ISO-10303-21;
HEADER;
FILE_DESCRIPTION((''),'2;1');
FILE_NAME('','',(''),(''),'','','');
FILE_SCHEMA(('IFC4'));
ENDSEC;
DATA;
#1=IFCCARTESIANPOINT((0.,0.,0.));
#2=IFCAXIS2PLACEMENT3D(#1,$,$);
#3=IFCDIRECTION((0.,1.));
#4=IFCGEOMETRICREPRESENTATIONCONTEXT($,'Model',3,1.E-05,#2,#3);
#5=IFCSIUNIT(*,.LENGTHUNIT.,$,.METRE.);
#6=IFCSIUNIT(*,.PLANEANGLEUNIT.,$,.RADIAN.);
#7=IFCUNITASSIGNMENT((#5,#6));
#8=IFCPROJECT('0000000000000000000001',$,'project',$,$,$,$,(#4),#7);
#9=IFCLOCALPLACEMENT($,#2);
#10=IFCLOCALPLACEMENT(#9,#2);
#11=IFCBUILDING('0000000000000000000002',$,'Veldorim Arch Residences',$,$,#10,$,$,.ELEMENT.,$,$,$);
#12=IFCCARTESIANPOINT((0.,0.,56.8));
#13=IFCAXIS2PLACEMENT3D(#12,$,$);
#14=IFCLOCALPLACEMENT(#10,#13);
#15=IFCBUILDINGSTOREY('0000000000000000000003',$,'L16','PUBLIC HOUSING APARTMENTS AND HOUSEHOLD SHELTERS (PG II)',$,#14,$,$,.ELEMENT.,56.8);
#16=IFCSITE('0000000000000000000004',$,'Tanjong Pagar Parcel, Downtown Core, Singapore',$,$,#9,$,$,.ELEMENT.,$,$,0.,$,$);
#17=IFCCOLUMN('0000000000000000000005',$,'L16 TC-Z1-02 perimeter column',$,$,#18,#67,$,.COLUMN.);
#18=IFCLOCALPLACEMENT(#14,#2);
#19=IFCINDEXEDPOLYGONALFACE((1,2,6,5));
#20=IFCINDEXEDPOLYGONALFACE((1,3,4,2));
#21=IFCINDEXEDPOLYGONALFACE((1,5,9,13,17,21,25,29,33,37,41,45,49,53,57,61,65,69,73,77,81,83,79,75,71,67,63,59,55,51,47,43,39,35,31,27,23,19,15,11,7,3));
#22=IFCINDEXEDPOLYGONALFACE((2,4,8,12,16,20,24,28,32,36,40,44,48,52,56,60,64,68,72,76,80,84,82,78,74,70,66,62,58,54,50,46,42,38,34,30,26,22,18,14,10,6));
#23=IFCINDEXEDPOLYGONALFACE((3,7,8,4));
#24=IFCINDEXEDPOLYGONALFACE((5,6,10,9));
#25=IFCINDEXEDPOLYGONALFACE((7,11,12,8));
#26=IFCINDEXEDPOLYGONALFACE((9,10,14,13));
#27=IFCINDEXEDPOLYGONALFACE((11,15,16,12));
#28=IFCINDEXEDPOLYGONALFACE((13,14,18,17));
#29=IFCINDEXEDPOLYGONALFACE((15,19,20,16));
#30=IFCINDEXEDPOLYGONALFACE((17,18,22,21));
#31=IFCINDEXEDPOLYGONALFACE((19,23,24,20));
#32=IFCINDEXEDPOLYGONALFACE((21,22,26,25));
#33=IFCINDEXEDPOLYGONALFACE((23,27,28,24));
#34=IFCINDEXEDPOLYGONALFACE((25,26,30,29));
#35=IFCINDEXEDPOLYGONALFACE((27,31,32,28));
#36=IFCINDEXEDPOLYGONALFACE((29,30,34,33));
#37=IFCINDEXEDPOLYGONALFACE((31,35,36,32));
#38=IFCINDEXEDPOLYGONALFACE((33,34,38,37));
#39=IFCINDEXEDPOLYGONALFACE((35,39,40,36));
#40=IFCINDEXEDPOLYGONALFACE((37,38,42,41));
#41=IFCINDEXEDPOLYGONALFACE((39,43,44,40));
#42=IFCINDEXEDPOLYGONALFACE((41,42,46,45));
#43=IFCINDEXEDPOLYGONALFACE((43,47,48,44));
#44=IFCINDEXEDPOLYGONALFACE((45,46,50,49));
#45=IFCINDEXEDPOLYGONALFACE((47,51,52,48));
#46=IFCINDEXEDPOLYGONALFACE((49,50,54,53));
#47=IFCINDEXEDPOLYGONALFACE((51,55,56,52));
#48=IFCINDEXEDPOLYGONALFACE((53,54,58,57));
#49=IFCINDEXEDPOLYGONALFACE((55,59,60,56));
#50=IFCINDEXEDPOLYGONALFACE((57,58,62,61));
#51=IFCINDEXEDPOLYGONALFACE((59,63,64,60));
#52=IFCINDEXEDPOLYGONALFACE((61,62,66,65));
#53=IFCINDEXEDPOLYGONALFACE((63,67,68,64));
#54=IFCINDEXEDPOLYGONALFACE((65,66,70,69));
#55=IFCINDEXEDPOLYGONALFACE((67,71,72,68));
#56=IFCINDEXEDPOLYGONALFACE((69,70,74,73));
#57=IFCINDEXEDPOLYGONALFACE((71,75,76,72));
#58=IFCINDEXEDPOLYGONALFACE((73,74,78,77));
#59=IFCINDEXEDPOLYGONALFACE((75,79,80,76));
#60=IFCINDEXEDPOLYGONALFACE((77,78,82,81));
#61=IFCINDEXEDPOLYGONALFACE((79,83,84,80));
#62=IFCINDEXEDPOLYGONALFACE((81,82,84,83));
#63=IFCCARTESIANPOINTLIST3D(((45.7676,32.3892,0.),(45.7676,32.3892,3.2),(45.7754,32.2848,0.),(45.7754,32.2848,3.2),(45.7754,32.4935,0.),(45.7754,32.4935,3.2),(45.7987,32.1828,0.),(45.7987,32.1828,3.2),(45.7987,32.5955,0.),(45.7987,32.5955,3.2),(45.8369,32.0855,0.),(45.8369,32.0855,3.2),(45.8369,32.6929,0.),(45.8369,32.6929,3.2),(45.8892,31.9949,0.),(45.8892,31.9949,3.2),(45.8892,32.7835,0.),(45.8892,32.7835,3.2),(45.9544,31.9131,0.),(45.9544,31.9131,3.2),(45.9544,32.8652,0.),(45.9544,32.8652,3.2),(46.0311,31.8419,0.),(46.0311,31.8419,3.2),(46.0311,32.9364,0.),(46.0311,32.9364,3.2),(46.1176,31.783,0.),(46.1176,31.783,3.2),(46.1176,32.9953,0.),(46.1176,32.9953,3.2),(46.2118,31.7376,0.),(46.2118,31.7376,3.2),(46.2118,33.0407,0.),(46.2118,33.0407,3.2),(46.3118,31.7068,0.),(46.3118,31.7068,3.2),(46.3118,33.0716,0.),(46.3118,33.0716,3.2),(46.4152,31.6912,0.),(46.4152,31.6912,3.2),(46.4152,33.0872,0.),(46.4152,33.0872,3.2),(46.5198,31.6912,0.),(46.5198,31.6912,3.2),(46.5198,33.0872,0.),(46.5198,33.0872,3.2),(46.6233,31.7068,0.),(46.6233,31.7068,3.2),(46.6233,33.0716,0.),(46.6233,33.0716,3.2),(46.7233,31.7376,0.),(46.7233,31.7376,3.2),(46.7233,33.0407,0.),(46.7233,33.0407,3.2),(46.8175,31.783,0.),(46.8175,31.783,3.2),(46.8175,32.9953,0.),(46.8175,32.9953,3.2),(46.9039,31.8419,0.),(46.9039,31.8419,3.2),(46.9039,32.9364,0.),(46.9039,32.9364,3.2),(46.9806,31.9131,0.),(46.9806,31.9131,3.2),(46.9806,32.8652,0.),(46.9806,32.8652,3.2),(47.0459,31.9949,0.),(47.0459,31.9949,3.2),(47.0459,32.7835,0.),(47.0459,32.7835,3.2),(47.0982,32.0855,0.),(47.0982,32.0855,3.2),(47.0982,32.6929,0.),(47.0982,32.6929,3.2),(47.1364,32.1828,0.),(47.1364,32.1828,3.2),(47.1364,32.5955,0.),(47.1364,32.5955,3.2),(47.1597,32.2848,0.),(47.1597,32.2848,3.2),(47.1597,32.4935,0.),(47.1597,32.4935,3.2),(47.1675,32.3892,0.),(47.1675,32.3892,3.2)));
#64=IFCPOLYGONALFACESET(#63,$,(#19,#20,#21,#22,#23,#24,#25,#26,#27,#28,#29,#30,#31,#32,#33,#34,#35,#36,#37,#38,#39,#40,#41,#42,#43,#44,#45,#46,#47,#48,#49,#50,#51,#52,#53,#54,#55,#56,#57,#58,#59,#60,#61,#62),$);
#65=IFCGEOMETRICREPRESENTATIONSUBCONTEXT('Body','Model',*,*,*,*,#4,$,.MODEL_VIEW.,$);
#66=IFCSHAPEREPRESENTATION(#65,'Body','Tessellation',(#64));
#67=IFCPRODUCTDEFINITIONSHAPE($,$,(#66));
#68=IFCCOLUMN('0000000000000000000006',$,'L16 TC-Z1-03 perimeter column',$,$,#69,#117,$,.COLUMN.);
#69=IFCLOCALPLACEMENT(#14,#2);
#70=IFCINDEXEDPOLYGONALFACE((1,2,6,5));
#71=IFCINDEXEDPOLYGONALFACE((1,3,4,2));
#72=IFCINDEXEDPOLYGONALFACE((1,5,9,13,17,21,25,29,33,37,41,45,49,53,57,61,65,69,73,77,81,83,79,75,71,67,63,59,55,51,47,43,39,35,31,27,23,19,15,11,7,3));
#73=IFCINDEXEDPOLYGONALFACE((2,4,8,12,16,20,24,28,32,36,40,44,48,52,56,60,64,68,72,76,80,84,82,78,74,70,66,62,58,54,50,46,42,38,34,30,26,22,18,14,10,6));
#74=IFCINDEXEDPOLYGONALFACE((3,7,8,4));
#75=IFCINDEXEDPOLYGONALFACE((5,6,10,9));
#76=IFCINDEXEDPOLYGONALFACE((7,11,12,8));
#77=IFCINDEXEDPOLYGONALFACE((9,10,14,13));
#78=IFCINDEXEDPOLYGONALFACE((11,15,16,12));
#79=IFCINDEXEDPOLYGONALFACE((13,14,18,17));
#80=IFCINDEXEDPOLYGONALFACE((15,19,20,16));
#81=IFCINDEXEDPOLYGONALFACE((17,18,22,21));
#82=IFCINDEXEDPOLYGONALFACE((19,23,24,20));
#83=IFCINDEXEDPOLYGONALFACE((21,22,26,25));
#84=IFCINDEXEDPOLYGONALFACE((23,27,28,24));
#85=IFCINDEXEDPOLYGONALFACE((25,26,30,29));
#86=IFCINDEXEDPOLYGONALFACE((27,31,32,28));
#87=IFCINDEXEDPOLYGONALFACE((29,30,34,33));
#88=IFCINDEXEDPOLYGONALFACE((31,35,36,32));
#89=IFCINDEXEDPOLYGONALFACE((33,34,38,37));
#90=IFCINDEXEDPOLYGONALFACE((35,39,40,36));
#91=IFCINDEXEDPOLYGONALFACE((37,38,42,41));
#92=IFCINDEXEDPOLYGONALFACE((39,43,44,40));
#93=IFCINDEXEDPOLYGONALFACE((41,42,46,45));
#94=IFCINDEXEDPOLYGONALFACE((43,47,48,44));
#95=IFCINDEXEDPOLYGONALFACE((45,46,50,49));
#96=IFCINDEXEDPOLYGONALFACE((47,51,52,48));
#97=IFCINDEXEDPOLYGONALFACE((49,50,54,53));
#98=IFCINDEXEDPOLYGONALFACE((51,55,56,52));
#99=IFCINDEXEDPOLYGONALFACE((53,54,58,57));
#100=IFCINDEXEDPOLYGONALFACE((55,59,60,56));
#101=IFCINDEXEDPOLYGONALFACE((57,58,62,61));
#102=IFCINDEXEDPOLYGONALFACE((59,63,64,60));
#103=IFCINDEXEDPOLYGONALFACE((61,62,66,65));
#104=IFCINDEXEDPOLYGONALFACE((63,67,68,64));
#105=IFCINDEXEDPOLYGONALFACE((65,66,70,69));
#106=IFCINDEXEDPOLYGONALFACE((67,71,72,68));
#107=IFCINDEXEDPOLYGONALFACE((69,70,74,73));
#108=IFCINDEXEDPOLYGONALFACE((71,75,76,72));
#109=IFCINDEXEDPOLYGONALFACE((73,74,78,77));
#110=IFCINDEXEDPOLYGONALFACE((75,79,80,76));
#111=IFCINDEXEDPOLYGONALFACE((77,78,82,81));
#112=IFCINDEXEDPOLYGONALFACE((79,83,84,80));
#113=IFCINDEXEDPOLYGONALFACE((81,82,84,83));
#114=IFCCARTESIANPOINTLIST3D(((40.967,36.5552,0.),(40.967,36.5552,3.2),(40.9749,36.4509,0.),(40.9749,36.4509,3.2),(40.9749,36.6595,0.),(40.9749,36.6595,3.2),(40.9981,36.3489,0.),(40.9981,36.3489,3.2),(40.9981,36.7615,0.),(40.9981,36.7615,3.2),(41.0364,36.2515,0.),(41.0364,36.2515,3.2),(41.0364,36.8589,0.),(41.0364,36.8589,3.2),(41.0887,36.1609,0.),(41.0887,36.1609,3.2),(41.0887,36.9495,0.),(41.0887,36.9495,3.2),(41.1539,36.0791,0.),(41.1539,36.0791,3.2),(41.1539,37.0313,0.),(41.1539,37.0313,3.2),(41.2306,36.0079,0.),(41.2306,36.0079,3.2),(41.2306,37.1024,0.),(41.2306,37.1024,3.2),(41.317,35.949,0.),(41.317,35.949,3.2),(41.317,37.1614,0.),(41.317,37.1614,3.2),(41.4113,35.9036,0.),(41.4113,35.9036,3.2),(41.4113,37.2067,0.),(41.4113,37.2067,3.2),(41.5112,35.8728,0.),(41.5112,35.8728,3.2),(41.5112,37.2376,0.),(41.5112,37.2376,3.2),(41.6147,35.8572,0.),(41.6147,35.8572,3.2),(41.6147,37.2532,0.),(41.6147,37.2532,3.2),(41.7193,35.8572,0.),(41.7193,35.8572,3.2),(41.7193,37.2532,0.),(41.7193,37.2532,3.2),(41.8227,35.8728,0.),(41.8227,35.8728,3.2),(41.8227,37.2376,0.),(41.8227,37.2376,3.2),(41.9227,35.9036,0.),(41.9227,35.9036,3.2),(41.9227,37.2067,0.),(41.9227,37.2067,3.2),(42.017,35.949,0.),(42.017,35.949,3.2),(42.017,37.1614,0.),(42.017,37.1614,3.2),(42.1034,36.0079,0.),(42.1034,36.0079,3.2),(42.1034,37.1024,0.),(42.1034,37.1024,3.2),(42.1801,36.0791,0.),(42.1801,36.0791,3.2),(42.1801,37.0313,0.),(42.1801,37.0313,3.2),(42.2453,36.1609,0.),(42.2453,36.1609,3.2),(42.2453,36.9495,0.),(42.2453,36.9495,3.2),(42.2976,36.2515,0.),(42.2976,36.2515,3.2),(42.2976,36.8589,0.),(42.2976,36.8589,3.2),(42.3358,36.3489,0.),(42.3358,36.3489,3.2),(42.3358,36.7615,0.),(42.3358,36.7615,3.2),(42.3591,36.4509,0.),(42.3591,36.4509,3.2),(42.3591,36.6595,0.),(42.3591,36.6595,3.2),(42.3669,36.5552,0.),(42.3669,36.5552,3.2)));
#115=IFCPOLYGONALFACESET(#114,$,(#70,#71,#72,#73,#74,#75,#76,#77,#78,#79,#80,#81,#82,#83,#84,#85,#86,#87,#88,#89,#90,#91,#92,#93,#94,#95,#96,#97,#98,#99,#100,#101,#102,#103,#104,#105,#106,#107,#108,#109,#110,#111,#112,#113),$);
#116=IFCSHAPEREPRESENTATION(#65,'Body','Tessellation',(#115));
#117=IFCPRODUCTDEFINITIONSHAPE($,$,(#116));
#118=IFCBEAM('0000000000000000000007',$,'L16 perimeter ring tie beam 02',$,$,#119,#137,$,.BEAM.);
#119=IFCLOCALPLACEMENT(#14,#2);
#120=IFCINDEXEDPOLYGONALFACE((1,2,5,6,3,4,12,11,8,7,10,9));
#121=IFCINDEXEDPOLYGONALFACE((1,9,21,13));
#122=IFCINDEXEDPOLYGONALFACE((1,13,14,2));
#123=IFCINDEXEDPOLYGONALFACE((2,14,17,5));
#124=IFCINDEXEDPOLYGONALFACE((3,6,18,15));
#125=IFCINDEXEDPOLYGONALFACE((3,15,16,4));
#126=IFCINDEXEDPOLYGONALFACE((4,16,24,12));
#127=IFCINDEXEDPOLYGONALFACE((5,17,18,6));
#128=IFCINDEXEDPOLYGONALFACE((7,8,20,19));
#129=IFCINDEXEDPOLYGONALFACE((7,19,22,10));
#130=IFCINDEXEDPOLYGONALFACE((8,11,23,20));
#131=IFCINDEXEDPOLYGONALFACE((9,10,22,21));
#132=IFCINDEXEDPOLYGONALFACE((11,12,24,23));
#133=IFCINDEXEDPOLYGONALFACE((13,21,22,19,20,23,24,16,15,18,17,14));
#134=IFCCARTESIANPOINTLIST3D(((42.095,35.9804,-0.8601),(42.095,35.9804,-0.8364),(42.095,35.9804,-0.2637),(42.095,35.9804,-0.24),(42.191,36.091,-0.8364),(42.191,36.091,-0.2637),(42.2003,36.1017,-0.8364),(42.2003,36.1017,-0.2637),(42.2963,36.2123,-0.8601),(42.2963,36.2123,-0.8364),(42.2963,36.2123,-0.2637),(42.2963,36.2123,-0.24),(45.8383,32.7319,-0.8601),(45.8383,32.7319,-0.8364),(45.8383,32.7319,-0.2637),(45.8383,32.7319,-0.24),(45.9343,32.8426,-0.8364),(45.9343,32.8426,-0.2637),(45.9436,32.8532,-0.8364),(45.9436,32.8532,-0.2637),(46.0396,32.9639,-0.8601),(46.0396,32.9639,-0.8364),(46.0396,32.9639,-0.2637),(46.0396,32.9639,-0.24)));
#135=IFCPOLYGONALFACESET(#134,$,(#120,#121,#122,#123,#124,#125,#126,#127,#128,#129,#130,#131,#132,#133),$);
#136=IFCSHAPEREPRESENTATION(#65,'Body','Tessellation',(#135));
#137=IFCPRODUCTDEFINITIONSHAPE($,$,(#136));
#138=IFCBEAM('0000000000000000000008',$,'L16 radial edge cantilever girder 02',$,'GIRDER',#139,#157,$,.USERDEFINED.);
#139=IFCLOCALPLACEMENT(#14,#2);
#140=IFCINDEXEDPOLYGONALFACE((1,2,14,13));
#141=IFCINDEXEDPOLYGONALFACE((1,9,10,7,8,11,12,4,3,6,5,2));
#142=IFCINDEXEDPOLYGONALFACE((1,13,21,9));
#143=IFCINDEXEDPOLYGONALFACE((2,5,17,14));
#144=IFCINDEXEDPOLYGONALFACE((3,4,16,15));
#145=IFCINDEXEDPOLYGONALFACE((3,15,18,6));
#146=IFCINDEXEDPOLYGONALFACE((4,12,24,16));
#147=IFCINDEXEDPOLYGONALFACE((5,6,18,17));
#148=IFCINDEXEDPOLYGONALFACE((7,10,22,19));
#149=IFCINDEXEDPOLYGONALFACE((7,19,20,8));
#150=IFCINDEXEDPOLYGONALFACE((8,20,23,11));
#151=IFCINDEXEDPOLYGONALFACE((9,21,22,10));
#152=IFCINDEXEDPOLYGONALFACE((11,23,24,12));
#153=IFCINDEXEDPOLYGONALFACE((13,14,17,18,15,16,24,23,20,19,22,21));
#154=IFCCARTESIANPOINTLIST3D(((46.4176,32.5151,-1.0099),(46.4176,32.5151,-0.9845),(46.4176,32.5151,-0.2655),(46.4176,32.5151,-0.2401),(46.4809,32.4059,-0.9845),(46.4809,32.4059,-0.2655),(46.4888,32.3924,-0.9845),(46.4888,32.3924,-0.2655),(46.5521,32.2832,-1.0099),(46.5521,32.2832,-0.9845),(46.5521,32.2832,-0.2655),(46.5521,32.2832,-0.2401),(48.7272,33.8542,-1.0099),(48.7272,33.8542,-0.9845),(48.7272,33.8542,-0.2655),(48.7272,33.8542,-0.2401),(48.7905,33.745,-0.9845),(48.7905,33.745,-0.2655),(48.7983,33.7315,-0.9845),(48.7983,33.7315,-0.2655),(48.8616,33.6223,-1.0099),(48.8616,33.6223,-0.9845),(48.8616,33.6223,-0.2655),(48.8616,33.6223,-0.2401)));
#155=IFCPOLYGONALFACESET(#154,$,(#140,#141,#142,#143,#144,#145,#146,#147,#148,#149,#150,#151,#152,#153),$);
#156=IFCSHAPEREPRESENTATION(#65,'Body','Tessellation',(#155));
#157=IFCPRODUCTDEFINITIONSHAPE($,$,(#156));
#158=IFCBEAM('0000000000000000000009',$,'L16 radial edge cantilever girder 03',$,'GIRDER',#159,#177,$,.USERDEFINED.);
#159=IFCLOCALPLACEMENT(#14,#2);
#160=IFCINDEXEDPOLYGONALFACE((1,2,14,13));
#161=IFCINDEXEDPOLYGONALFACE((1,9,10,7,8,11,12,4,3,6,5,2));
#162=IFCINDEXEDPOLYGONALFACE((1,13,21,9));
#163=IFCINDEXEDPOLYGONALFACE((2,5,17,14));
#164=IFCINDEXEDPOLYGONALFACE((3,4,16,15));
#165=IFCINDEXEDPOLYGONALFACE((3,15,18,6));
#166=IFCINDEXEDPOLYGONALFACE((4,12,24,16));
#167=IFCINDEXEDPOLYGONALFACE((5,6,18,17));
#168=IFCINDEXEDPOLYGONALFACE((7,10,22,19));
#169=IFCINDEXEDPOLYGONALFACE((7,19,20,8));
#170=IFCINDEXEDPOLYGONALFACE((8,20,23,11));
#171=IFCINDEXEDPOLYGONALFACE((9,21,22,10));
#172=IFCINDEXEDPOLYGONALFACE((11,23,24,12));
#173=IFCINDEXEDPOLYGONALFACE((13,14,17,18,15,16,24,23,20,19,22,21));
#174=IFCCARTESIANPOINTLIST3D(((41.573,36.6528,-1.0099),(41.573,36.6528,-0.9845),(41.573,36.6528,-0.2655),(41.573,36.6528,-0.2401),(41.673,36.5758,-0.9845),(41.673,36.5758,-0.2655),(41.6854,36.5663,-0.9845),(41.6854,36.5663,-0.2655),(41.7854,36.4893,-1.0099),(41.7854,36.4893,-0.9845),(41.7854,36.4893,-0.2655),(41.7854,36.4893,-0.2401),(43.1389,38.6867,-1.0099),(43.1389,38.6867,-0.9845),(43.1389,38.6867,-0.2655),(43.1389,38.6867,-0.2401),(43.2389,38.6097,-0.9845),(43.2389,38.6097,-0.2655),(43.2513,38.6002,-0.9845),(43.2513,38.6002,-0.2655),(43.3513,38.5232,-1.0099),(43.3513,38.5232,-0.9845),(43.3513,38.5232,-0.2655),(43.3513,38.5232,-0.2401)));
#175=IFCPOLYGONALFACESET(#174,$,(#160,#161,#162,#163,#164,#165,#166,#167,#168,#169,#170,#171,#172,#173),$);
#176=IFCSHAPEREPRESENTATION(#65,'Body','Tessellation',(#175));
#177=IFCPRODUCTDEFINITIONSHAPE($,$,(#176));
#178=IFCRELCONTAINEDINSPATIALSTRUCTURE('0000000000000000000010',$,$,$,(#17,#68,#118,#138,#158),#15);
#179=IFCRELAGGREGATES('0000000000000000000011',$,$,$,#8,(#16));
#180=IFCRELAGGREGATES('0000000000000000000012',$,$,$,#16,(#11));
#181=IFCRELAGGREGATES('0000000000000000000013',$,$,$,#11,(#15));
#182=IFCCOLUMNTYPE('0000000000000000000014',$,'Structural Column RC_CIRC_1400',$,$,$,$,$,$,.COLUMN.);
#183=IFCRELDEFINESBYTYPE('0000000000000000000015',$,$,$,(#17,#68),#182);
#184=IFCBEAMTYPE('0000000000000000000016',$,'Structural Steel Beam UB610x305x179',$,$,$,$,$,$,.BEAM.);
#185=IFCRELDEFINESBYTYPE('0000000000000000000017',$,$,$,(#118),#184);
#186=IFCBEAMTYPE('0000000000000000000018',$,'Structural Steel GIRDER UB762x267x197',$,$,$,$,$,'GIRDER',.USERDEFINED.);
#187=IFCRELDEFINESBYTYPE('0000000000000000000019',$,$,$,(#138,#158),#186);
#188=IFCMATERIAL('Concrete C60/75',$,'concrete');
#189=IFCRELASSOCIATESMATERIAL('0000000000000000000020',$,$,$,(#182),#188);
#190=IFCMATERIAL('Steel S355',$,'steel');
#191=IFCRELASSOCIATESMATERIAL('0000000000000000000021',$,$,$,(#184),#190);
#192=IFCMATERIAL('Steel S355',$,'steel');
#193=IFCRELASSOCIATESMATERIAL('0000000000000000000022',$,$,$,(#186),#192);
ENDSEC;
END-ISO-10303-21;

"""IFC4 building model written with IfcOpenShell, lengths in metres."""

from ifc_helpers import new_model, si_unit, direction, frame, origin, origin_2d, place, context, subcontext, project, spatial, circle, i_section, extrude, material, material_profile, profile_set, type_object, element, save


model = new_model("IFC4")

# Units and contexts
model_context = context("Model", 3, precision=1e-05, world=origin(), true_north=direction((0.0, 1.0)))
body_context = subcontext(model_context, "Body", "Model", "MODEL_VIEW")
ifc_project = project(units=[si_unit("LENGTHUNIT", "METRE"), si_unit("PLANEANGLEUNIT", "RADIAN")], contexts=[model_context])

# Site, building, storey
site_placement = place(None, origin())
site = spatial("IfcSite", under=ifc_project, at=site_placement, Name="Tanjong Pagar Parcel, Downtown Core, Singapore", CompositionType="ELEMENT", RefElevation=0.0)
building_placement = place(site_placement, origin())
building = spatial("IfcBuilding", under=site, at=building_placement, Name="Veldorim Arch Residences", CompositionType="ELEMENT")
storey_placement = place(building_placement, frame((0.0, 0.0, 56.8)))
storey = spatial("IfcBuildingStorey", under=building, at=storey_placement, Name="L16", Description="PUBLIC HOUSING APARTMENTS AND HOUSEHOLD SHELTERS (PG II)", CompositionType="ELEMENT", Elevation=56.8)

# Columns
ifc_material_1 = material(Name="Concrete C60/75", Category="concrete")
ifc_material_profile_1 = material_profile(ifc_material_1, circle(Radius=0.7, at=origin_2d()), Name="RC_CIRC_1400")
ifc_profile_set_1 = profile_set([ifc_material_profile_1], Name="Concrete C60/75")
column_type = type_object("IfcColumnType", Name="Structural Column RC_CIRC_1400", PredefinedType="COLUMN", material=ifc_profile_set_1)
for number, where, z_axis, x_axis, name in (
    (1, (46.4675, 32.3892, 0.0), (0.0, 0.0, 1.0), (1.0, 0.0, 0.0), "L16 TC-Z1-02 perimeter column"),
    (2, (41.667, 36.5552, 0.0), (0.0, 0.0, 1.0), (1.0, 0.0, 0.0), "L16 TC-Z1-03 perimeter column"),
):
    element("IfcColumn", number, at=place(storey_placement, frame(where, z_axis=z_axis, x_axis=x_axis)), inside=storey, type_object=column_type, Name=name, PredefinedType="COLUMN", context=body_context, shape_type="SweptSolid", body=[
        extrude(circle(Radius=0.7, at=origin_2d()), origin(), (0.0, 0.0, 1.0), 3.2),
    ])

# Beams
ifc_material_2 = material(Name="Steel S355", Category="steel")
ifc_material_profile_2 = material_profile(ifc_material_2, i_section(OverallWidth=0.3071, OverallDepth=0.6201, WebThickness=0.0142, FlangeThickness=0.0237, at=origin_2d()), Name="UB610x305x179")
ifc_profile_set_2 = profile_set([ifc_material_profile_2], Name="Steel S355")
beam_type_1 = type_object("IfcBeamType", Name="Structural Steel Beam UB610x305x179", PredefinedType="BEAM", material=ifc_profile_set_2)
beam_1_placement = place(storey_placement, frame((45.939, 32.8479, -0.55), z_axis=(-0.755265, 0.65542, 0.0), x_axis=(-0.65542, -0.755265, 0.0)))
element("IfcBeam", 3, at=beam_1_placement, inside=storey, type_object=beam_type_1, Name="L16 perimeter ring tie beam 02", PredefinedType="BEAM", context=body_context, shape_type="SweptSolid", body=[
    extrude(i_section(OverallWidth=0.3071, OverallDepth=0.6201, WebThickness=0.0142, FlangeThickness=0.0237, at=origin_2d()), origin(), (0.0, 0.0, 1.0), 4.9563),
])
ifc_material_3 = material(Name="Steel S355", Category="steel")
ifc_material_profile_3 = material_profile(ifc_material_3, i_section(OverallWidth=0.2681, OverallDepth=0.7698, WebThickness=0.0156, FlangeThickness=0.0254, at=origin_2d()), Name="UB762x267x197")
ifc_profile_set_3 = profile_set([ifc_material_profile_3], Name="Steel S355")
beam_type_2 = type_object("IfcBeamType", Name="Structural Steel GIRDER UB762x267x197", ElementType="GIRDER", PredefinedType="USERDEFINED", material=ifc_profile_set_3)
beam_2_placement = place(storey_placement, frame((46.4849, 32.3992, -0.625), z_axis=(0.865103, 0.501595, 0.0), x_axis=(-0.501595, 0.865103, 0.0)))
element("IfcBeam", 4, at=beam_2_placement, inside=storey, type_object=beam_type_2, Name="L16 radial edge cantilever girder 02", ObjectType="GIRDER", PredefinedType="USERDEFINED", context=body_context, shape_type="SweptSolid", body=[
    extrude(i_section(OverallWidth=0.2681, OverallDepth=0.7698, WebThickness=0.0156, FlangeThickness=0.0254, at=origin_2d()), origin(), (0.0, 0.0, 1.0), 2.6697),
])
beam_3_placement = place(storey_placement, frame((41.6792, 36.571, -0.625), z_axis=(0.610042, 0.792369, 0.0), x_axis=(-0.792369, 0.610042, 0.0)))
element("IfcBeam", 5, at=beam_3_placement, inside=storey, type_object=beam_type_2, Name="L16 radial edge cantilever girder 03", ObjectType="GIRDER", PredefinedType="USERDEFINED", context=body_context, shape_type="SweptSolid", body=[
    extrude(i_section(OverallWidth=0.2681, OverallDepth=0.7698, WebThickness=0.0156, FlangeThickness=0.0254, at=origin_2d()), origin(), (0.0, 0.0, 1.0), 2.5669),
])

save(model, "model.ifc")
